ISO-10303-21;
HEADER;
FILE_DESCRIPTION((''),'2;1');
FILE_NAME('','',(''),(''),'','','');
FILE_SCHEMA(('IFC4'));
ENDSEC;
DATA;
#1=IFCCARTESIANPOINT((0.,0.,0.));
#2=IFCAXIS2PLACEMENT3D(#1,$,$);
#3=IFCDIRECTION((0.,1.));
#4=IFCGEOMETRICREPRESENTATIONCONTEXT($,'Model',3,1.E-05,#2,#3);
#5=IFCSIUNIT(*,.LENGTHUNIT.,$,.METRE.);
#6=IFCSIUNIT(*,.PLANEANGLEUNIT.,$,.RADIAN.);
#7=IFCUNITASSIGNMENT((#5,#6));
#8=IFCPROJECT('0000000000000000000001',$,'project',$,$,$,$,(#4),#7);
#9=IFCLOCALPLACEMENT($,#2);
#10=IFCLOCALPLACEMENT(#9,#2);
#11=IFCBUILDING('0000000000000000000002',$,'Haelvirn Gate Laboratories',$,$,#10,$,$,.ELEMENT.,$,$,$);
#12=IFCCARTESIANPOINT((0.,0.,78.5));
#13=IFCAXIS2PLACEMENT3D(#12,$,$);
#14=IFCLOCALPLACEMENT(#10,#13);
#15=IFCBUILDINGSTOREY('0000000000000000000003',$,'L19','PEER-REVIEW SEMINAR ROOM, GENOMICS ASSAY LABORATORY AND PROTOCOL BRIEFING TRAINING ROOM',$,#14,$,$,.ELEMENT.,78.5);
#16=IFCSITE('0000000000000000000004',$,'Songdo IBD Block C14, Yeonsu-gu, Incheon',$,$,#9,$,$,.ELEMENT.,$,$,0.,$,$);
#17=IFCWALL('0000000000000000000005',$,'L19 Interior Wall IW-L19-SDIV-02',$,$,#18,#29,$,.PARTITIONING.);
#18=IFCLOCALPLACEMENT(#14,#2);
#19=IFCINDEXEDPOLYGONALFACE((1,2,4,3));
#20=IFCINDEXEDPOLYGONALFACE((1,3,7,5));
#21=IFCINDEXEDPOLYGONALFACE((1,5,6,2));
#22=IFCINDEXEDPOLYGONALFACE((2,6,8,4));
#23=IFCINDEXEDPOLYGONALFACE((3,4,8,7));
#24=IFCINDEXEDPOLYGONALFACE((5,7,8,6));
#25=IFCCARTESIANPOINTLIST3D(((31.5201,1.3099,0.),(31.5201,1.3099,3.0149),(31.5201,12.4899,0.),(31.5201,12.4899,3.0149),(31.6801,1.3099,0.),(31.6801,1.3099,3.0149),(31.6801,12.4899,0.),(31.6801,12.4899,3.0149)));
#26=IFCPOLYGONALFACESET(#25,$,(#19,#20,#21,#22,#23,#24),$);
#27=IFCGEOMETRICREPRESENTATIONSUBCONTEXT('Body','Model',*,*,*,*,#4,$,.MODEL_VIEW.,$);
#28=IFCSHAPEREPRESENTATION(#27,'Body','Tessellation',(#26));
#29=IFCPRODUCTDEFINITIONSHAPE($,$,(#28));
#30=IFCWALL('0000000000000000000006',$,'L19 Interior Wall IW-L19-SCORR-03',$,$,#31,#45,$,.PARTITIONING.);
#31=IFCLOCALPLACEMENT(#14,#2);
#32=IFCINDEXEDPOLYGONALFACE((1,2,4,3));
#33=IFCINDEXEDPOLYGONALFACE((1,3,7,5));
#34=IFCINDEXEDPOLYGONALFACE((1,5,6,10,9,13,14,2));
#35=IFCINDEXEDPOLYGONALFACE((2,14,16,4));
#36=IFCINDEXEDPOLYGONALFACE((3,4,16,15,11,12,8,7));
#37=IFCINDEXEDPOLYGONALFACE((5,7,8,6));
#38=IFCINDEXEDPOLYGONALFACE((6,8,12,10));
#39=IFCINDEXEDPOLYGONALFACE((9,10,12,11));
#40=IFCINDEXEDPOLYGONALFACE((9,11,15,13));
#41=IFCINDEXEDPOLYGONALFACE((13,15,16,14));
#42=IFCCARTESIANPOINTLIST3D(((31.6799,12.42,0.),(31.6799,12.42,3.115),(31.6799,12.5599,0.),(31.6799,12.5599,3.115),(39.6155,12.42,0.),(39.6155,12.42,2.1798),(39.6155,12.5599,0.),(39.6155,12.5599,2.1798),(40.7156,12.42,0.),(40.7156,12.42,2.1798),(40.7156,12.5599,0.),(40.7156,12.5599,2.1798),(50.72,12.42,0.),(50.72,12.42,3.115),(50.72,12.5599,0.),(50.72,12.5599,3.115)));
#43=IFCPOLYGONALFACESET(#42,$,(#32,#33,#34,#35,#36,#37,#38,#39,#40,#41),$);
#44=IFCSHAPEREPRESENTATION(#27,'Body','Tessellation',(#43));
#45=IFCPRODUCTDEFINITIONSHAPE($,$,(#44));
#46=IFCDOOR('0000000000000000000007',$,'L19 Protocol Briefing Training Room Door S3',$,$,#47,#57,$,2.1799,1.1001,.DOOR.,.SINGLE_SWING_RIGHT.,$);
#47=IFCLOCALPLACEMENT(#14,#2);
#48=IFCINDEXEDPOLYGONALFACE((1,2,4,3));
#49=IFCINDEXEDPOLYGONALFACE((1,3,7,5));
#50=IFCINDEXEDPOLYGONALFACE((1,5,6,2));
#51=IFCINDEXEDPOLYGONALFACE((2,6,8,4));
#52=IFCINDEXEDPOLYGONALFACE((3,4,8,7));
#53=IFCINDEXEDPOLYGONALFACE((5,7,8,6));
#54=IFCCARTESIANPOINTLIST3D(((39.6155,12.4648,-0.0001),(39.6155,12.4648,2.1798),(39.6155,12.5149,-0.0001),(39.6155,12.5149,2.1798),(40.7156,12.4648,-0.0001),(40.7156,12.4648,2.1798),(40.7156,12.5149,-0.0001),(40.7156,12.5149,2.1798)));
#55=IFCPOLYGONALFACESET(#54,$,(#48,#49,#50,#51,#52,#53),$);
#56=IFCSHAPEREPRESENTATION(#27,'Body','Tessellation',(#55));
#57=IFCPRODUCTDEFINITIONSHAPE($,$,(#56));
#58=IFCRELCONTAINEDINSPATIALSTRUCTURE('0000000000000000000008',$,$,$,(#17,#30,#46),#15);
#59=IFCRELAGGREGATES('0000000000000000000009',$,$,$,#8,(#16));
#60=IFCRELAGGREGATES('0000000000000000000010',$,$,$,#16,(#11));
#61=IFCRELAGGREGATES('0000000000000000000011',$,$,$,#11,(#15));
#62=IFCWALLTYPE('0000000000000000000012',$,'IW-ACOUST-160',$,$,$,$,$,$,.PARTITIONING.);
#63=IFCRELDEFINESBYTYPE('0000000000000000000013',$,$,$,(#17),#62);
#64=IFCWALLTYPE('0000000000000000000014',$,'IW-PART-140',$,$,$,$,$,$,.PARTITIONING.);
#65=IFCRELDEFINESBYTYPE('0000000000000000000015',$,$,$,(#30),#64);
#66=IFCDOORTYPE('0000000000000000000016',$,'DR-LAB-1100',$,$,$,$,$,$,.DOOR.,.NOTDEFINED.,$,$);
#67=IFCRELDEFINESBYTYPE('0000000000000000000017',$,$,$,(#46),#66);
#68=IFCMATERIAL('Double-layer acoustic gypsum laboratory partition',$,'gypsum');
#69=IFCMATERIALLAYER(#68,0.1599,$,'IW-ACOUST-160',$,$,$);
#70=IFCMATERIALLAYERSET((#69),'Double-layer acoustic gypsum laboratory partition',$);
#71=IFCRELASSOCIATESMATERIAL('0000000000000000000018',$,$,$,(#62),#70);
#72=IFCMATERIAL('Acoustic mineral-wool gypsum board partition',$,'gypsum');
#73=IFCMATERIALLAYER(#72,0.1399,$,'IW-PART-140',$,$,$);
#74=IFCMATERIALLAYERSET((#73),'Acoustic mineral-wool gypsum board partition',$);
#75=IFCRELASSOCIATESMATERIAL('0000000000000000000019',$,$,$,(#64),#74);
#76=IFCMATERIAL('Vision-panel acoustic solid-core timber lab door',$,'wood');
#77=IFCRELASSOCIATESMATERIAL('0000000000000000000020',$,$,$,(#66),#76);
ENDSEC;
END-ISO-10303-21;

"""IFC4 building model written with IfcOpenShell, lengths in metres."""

from ifc_helpers import new_model, si_unit, direction, frame, frame_2d, origin, place, context, subcontext, project, spatial, rectangle, extrude, source, transform, mapped, material, layer, layer_set, type_object, type_shapes, element, fill, save


model = new_model("IFC4")

# Units and contexts
model_context = context("Model", 3, precision=1e-05, world=origin(), true_north=direction((0.0, 1.0)))
body_context = subcontext(model_context, "Body", "Model", "MODEL_VIEW")
ifc_project = project(units=[si_unit("LENGTHUNIT", "METRE"), si_unit("PLANEANGLEUNIT", "RADIAN")], contexts=[model_context])

# Site, building, storey
site_placement = place(None, origin())
site = spatial("IfcSite", under=ifc_project, at=site_placement, Name="Songdo IBD Block C14, Yeonsu-gu, Incheon", CompositionType="ELEMENT", RefElevation=0.0)
building_placement = place(site_placement, origin())
building = spatial("IfcBuilding", under=site, at=building_placement, Name="Haelvirn Gate Laboratories", CompositionType="ELEMENT")
storey_placement = place(building_placement, frame((0.0, 0.0, 78.5)))
storey = spatial("IfcBuildingStorey", under=building, at=storey_placement, Name="L19", Description="PEER-REVIEW SEMINAR ROOM, GENOMICS ASSAY LABORATORY AND PROTOCOL BRIEFING TRAINING ROOM", CompositionType="ELEMENT", Elevation=78.5)

# Wall
ifc_material_1 = material(Name="Double-layer acoustic gypsum laboratory partition", Category="gypsum")
ifc_layer_1 = layer(ifc_material_1, 0.1599, Name="IW-ACOUST-160")
ifc_layer_set_1 = layer_set([ifc_layer_1], Name="Double-layer acoustic gypsum laboratory partition")
wall_type_1 = type_object("IfcWallType", Name="IW-ACOUST-160", PredefinedType="PARTITIONING", material=ifc_layer_set_1)
wall_1_placement = place(storey_placement, frame((31.6001, 1.3101, 0.0), z_axis=(0.0, 0.0, 1.0), x_axis=(0.0, 1.0, 0.0)))
element("IfcWall", 1, at=wall_1_placement, inside=storey, type_object=wall_type_1, Name="L19 Interior Wall IW-L19-SDIV-02", PredefinedType="PARTITIONING", context=body_context, shape_type="SweptSolid", body=[
    extrude(rectangle(XDim=11.1799, YDim=0.1599, at=frame_2d((5.5898, 0.0))), origin(), (0.0, 0.0, 1.0), 3.0149),
])

# Wall, opening, door
ifc_material_2 = material(Name="Acoustic mineral-wool gypsum board partition", Category="gypsum")
ifc_layer_2 = layer(ifc_material_2, 0.1399, Name="IW-PART-140")
ifc_layer_set_2 = layer_set([ifc_layer_2], Name="Acoustic mineral-wool gypsum board partition")
wall_type_2 = type_object("IfcWallType", Name="IW-PART-140", PredefinedType="PARTITIONING", material=ifc_layer_set_2)
wall_2_placement = place(storey_placement, frame((31.6799, 12.49, 0.0), z_axis=(0.0, 0.0, 1.0), x_axis=(1.0, 0.0, 0.0)))
wall_2 = element("IfcWall", 2, at=wall_2_placement, inside=storey, type_object=wall_type_2, Name="L19 Interior Wall IW-L19-SCORR-03", PredefinedType="PARTITIONING", context=body_context, shape_type="SweptSolid", body=[
    extrude(rectangle(XDim=19.04, YDim=0.1399, at=frame_2d((9.52, 0.0))), origin(), (0.0, 0.0, 1.0), 3.115),
])
opening_placement = place(wall_2_placement, frame((7.9355, 0.0, 0.0)))
opening = element("IfcOpeningElement", 3, at=opening_placement, cuts=wall_2, PredefinedType="OPENING", context=body_context, shape_type="SweptSolid", body=[
    extrude(rectangle(XDim=1.1001, YDim=2.1799, at=frame_2d((0.55, 1.0898))), frame((0.0, 0.0801, 0.0), z_axis=(0.0, -1.0, 0.0), x_axis=(1.0, 0.0, 0.0)), (0.0, 0.0, 1.0), 0.1599),
])
ifc_material_3 = material(Name="Vision-panel acoustic solid-core timber lab door", Category="wood")
door_type = type_object("IfcDoorType", Name="DR-LAB-1100", OperationType="NOTDEFINED", PredefinedType="DOOR", material=ifc_material_3)
shared_shape_1 = source(origin(), body_context, "Body", "SweptSolid", [
    extrude(rectangle(XDim=1.1001, YDim=2.1799, at=frame_2d((0.55, 1.0898))), frame((0.0, 0.0249, 0.0), z_axis=(0.0, -1.0, 0.0), x_axis=(1.0, 0.0, 0.0)), (0.0, 0.0, 1.0), 0.05),
])
type_shapes(door_type, [shared_shape_1])
door_placement = place(opening_placement, origin())
door = element("IfcDoor", 4, at=door_placement, inside=storey, type_object=door_type, Name="L19 Protocol Briefing Training Room Door S3", OperationType="SINGLE_SWING_RIGHT", OverallHeight=2.1799, OverallWidth=1.1001, PredefinedType="DOOR", context=body_context, shape_type="MappedRepresentation", body=[
    mapped(shared_shape_1, transform((0.0, 0.0, 0.0), scale=1.0)),
])
fill(opening, door)

save(model, "model.ifc")
